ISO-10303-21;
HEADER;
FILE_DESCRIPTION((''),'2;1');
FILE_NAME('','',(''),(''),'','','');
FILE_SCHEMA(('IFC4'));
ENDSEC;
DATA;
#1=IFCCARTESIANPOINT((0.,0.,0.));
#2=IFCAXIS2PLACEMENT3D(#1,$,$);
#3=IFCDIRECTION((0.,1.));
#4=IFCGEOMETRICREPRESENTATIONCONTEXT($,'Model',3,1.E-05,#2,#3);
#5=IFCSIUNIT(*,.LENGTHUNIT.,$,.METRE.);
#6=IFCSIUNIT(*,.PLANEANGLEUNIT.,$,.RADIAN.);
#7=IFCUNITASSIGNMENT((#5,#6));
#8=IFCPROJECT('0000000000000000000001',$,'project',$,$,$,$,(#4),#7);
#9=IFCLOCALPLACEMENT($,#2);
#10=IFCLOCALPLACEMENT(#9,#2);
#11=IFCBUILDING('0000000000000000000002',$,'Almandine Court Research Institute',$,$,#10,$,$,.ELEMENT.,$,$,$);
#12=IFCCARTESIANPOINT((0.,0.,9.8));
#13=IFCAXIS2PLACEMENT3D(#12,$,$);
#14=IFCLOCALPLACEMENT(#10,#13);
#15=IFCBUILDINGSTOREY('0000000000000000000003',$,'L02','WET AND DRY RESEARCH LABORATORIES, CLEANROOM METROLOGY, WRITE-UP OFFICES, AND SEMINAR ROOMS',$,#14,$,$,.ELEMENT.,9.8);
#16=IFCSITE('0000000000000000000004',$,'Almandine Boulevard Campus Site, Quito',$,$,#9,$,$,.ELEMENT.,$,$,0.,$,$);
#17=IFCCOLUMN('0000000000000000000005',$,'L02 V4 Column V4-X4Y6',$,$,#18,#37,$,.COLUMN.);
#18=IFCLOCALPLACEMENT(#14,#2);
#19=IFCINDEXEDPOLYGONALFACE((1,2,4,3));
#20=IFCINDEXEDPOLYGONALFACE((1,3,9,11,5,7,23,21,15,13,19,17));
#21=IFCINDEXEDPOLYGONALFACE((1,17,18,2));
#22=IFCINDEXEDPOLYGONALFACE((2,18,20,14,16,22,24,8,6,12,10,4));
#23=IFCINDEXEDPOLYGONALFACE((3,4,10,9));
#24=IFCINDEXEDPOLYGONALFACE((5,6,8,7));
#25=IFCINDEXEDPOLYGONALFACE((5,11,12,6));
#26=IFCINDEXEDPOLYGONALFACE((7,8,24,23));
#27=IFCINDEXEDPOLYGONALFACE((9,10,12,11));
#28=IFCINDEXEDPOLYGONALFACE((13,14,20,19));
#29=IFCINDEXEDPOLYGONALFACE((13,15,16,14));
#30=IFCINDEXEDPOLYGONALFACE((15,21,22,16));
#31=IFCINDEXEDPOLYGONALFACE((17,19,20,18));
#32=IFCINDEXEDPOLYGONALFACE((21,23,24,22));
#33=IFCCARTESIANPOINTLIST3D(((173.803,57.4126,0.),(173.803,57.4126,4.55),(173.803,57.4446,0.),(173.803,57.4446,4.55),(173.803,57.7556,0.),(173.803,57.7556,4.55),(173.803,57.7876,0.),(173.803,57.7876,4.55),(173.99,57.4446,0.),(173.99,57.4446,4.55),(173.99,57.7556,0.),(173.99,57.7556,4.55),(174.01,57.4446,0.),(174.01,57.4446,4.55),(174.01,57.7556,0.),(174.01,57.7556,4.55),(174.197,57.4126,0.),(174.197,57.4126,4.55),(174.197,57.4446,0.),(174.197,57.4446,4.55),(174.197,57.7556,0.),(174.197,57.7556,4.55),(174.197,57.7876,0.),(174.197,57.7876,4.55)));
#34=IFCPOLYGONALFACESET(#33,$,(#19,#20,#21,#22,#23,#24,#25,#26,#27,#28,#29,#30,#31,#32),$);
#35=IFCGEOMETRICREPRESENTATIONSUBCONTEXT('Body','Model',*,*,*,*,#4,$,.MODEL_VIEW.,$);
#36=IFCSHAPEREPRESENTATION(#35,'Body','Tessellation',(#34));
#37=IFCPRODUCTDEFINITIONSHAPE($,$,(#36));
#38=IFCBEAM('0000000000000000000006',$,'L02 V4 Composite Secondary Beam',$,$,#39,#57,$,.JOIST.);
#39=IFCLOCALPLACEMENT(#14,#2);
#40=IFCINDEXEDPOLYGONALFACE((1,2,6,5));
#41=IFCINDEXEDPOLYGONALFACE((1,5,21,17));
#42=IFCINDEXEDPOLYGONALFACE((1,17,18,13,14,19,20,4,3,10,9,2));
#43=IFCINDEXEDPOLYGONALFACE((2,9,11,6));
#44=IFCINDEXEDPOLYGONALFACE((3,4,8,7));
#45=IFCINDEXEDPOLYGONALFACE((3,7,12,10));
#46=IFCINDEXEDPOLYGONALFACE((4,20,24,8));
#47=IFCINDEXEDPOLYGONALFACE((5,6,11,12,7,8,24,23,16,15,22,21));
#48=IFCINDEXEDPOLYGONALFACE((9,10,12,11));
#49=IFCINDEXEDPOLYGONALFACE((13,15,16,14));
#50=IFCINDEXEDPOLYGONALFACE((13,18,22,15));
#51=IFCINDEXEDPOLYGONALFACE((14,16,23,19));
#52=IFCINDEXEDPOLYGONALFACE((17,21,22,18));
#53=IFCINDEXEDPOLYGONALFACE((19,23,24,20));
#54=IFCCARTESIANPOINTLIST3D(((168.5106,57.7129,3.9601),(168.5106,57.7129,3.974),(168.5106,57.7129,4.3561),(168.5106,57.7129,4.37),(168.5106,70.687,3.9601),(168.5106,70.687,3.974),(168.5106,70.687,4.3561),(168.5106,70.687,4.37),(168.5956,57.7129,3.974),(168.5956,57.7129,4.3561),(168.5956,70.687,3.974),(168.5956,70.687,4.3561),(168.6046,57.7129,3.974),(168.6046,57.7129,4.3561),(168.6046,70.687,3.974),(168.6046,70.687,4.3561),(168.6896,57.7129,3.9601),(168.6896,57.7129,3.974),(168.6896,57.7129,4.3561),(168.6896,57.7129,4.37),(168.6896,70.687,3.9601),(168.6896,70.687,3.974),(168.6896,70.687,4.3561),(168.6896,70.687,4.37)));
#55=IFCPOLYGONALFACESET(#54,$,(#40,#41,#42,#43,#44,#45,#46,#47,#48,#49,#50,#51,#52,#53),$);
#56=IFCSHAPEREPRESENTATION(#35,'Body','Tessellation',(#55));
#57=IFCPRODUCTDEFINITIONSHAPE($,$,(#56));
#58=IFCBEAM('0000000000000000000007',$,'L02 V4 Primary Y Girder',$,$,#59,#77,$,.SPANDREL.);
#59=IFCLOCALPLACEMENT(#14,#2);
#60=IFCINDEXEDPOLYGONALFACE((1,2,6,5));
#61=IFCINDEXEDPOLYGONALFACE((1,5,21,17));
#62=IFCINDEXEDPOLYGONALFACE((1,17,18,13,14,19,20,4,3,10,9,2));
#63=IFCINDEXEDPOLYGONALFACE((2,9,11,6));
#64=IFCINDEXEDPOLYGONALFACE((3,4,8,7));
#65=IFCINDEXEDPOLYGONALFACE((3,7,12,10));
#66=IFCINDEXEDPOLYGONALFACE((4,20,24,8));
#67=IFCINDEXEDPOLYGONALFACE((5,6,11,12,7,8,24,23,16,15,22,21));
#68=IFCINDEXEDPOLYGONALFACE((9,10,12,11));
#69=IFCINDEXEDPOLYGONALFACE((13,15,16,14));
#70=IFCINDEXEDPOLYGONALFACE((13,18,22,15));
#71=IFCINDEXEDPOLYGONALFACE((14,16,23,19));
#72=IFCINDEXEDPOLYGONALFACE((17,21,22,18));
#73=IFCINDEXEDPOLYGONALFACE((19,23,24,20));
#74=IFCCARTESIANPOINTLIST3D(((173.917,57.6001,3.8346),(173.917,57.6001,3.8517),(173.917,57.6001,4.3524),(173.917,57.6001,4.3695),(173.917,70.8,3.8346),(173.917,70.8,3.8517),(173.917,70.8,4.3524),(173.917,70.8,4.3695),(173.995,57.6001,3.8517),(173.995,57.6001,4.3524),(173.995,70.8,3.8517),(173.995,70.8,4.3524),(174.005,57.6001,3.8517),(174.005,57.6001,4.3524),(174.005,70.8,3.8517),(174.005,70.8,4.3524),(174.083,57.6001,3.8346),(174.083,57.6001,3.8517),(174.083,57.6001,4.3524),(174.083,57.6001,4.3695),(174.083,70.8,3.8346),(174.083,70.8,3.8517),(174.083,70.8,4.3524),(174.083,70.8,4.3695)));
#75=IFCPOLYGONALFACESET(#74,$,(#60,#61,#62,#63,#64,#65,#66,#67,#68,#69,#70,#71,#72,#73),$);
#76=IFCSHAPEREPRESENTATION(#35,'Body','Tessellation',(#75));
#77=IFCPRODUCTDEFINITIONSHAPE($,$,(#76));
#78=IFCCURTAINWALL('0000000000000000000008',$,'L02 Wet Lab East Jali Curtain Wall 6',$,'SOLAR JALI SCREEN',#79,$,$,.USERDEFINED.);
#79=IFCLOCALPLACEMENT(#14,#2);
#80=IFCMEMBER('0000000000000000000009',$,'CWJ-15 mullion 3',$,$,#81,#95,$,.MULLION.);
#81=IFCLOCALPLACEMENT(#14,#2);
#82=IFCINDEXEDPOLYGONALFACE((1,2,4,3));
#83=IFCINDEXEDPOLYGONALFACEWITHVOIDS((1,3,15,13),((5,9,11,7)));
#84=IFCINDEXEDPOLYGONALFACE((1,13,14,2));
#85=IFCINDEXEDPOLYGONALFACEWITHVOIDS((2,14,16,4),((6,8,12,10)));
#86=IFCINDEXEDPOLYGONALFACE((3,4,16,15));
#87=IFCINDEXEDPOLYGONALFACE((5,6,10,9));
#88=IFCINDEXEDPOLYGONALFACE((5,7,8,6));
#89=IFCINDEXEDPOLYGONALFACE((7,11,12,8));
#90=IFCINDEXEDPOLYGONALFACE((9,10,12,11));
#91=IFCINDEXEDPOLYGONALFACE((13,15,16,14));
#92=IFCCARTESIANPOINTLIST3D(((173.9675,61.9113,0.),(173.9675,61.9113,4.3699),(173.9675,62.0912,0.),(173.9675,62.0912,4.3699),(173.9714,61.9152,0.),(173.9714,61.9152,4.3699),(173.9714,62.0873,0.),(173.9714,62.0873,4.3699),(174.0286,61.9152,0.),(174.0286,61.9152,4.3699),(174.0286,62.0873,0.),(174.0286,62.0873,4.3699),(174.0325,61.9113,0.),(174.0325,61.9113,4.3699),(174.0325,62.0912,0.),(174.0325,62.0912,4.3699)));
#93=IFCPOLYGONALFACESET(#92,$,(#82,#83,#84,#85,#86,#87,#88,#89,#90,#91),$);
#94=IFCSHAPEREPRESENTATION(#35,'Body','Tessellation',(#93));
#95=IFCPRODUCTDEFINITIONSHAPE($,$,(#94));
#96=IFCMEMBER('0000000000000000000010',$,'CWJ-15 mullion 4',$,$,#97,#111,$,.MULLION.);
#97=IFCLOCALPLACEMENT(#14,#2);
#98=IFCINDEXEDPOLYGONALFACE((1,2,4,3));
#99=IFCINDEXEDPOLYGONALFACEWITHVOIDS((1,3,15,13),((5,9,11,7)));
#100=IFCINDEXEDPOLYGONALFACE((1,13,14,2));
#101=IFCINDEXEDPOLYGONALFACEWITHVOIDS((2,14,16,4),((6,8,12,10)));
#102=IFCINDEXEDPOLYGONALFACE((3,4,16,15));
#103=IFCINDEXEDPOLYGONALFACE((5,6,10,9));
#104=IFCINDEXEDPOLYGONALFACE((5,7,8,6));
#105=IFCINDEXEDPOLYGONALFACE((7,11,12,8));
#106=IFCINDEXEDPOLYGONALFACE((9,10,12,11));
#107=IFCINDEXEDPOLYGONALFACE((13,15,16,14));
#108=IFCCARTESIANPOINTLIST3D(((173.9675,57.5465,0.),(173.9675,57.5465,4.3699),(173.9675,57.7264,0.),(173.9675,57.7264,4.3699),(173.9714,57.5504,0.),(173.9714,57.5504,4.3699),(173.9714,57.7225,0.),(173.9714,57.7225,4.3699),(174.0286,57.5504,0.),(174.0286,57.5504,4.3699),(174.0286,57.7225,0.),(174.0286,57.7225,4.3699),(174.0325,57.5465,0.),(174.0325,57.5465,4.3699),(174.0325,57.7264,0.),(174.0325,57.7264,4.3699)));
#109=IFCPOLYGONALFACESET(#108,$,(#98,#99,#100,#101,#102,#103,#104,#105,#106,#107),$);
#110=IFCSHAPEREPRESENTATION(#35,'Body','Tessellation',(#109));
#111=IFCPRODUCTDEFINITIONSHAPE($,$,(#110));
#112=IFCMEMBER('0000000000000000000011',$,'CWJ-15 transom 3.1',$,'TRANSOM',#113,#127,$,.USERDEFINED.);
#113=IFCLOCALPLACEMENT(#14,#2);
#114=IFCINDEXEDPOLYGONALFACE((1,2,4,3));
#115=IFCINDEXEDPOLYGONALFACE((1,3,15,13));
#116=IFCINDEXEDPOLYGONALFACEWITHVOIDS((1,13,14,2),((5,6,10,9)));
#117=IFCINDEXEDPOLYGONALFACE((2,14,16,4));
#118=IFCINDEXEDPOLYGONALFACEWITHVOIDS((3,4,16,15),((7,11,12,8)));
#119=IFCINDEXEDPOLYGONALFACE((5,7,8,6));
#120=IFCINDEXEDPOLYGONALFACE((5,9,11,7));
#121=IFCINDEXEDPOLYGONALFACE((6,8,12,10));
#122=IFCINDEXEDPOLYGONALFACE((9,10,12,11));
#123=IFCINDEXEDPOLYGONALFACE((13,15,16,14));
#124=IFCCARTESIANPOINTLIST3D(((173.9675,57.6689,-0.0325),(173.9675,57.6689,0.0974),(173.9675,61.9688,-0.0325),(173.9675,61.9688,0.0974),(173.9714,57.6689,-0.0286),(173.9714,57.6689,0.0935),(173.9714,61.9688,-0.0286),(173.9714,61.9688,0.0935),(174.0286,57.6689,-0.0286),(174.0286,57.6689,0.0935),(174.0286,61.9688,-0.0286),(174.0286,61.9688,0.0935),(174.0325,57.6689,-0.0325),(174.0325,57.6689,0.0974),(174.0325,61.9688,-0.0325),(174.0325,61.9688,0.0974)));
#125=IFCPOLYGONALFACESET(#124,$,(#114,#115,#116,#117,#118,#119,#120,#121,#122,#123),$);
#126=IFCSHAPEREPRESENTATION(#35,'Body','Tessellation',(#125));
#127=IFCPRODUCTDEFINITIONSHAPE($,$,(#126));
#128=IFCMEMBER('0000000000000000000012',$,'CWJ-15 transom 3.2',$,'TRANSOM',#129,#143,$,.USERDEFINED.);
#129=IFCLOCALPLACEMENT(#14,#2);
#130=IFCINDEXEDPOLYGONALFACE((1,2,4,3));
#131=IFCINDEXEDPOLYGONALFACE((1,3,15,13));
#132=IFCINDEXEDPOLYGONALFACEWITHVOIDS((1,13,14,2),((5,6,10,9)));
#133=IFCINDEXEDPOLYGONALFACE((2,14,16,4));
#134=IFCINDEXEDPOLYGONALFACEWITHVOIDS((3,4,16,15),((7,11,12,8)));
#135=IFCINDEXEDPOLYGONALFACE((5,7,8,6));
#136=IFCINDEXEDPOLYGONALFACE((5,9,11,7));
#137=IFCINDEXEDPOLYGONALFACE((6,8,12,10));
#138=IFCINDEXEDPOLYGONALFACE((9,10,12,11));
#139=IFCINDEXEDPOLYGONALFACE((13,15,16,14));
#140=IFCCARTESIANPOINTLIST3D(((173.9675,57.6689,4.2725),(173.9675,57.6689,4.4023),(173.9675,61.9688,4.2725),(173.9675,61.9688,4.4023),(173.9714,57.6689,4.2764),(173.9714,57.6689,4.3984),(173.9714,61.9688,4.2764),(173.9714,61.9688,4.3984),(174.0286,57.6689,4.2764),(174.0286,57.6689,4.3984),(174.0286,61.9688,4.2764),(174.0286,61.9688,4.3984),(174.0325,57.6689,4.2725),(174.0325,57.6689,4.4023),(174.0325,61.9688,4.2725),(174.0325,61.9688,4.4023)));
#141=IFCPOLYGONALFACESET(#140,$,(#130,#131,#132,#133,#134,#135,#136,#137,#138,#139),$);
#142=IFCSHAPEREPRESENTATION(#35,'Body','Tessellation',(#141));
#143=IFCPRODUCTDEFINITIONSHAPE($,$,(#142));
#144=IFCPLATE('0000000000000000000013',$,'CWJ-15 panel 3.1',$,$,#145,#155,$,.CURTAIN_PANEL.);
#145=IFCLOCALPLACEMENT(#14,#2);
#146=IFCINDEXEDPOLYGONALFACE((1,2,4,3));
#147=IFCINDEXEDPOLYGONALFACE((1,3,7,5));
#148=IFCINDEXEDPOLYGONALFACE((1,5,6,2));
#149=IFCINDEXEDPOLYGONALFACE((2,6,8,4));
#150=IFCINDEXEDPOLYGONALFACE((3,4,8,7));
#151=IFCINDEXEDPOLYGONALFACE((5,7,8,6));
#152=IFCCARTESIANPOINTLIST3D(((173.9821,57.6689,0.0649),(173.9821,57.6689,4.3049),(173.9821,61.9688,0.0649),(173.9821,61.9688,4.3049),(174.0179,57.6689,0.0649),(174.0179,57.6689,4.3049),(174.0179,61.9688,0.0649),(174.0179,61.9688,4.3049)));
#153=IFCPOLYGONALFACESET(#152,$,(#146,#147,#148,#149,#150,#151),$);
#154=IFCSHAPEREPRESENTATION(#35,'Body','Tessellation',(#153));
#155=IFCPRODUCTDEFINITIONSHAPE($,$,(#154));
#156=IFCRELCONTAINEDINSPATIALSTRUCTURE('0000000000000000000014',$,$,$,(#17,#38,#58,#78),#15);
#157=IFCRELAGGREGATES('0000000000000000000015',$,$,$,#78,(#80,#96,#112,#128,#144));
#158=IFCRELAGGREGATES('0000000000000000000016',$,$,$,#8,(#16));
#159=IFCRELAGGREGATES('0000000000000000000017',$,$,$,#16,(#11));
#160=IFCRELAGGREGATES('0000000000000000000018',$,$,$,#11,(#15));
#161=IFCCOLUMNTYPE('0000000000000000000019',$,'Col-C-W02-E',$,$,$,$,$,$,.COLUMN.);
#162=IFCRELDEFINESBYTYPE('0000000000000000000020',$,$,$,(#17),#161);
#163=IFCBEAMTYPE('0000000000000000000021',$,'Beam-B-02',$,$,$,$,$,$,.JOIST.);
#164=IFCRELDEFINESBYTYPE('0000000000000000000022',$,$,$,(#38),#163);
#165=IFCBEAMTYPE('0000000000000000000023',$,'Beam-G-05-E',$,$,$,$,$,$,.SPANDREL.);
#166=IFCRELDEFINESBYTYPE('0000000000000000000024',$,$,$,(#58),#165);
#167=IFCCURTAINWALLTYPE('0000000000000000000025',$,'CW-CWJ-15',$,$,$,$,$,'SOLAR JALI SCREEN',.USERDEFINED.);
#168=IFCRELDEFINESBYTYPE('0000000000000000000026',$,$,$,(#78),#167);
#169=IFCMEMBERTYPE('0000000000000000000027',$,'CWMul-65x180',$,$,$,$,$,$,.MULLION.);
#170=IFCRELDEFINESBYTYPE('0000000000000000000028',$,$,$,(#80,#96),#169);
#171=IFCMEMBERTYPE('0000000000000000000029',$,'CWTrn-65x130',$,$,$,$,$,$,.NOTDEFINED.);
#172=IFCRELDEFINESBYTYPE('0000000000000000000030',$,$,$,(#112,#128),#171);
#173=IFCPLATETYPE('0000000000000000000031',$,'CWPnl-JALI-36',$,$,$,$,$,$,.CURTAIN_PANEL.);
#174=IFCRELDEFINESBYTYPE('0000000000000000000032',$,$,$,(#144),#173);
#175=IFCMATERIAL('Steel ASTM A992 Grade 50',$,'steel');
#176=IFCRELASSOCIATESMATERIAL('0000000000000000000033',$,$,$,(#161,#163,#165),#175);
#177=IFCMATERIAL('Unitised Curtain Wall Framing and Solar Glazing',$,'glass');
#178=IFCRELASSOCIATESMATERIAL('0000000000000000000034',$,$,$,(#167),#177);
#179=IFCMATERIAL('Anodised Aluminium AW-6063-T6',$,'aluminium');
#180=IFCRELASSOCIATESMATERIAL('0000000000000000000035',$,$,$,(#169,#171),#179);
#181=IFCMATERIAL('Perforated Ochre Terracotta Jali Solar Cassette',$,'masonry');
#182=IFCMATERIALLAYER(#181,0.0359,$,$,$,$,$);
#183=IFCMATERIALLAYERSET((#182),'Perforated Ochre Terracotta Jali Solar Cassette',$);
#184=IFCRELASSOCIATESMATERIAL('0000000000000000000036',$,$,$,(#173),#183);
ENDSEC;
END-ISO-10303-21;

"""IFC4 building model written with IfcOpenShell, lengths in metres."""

from ifc_helpers import new_model, si_unit, direction, frame, origin, origin_2d, place, context, subcontext, project, spatial, rectangle, hollow_rectangle, i_section, extrude, material, layer, layer_set, material_profile, profile_set, type_object, element, aggregate, save


model = new_model("IFC4")

# Units and contexts
model_context = context("Model", 3, precision=1e-05, world=origin(), true_north=direction((0.0, 1.0)))
body_context = subcontext(model_context, "Body", "Model", "MODEL_VIEW")
ifc_project = project(units=[si_unit("LENGTHUNIT", "METRE"), si_unit("PLANEANGLEUNIT", "RADIAN")], contexts=[model_context])

# Site, building, storey
site_placement = place(None, origin())
site = spatial("IfcSite", under=ifc_project, at=site_placement, Name="Almandine Boulevard Campus Site, Quito", CompositionType="ELEMENT", RefElevation=0.0)
building_placement = place(site_placement, origin())
building = spatial("IfcBuilding", under=site, at=building_placement, Name="Almandine Court Research Institute", CompositionType="ELEMENT")
storey_placement = place(building_placement, frame((0.0, 0.0, 9.8)))
storey = spatial("IfcBuildingStorey", under=building, at=storey_placement, Name="L02", Description="WET AND DRY RESEARCH LABORATORIES, CLEANROOM METROLOGY, WRITE-UP OFFICES, AND SEMINAR ROOMS", CompositionType="ELEMENT", Elevation=9.8)

# Column
ifc_material_1 = material(Name="Steel ASTM A992 Grade 50", Category="steel")
ifc_material_profile_1 = material_profile(ifc_material_1, i_section(OverallWidth=0.394, OverallDepth=0.375, WebThickness=0.02, FlangeThickness=0.032, at=origin_2d()), Name="W360x216")
ifc_profile_set_1 = profile_set([ifc_material_profile_1], Name="Steel ASTM A992 Grade 50")
column_type = type_object("IfcColumnType", Name="Col-C-W02-E", PredefinedType="COLUMN", material=ifc_profile_set_1)
column_placement = place(storey_placement, frame((174.0, 57.6001, 0.0), z_axis=(0.0, 0.0, 1.0), x_axis=(1.0, 0.0, 0.0)))
element("IfcColumn", 1, at=column_placement, inside=storey, type_object=column_type, Name="L02 V4 Column V4-X4Y6", PredefinedType="COLUMN", context=body_context, shape_type="SweptSolid", body=[
    extrude(i_section(OverallWidth=0.394, OverallDepth=0.375, WebThickness=0.02, FlangeThickness=0.032, at=origin_2d()), origin(), (0.0, 0.0, 1.0), 4.55),
])

# Beams
ifc_material_profile_2 = material_profile(ifc_material_1, i_section(OverallWidth=0.179, OverallDepth=0.4099, WebThickness=0.009, FlangeThickness=0.0139, at=origin_2d()), Name="W410x67")
ifc_profile_set_2 = profile_set([ifc_material_profile_2], Name="Steel ASTM A992 Grade 50")
beam_type_1 = type_object("IfcBeamType", Name="Beam-B-02", PredefinedType="JOIST", material=ifc_profile_set_2)
beam_1_placement = place(storey_placement, frame((168.6001, 57.7129, 4.165), z_axis=(0.0, 1.0, 0.0), x_axis=(-1.0, 0.0, 0.0)))
element("IfcBeam", 2, at=beam_1_placement, inside=storey, type_object=beam_type_1, Name="L02 V4 Composite Secondary Beam", PredefinedType="JOIST", context=body_context, shape_type="SweptSolid", body=[
    extrude(i_section(OverallWidth=0.179, OverallDepth=0.4099, WebThickness=0.009, FlangeThickness=0.0139, at=origin_2d()), origin(), (0.0, 0.0, 1.0), 12.9741),
])
ifc_material_profile_3 = material_profile(ifc_material_1, i_section(OverallWidth=0.166, OverallDepth=0.5349, WebThickness=0.01, FlangeThickness=0.0171, at=origin_2d()), Name="W530x85")
ifc_profile_set_3 = profile_set([ifc_material_profile_3], Name="Steel ASTM A992 Grade 50")
beam_type_2 = type_object("IfcBeamType", Name="Beam-G-05-E", PredefinedType="SPANDREL", material=ifc_profile_set_3)
beam_2_placement = place(storey_placement, frame((174.0, 57.6001, 4.1021), z_axis=(0.0, 1.0, 0.0), x_axis=(-1.0, 0.0, 0.0)))
element("IfcBeam", 3, at=beam_2_placement, inside=storey, type_object=beam_type_2, Name="L02 V4 Primary Y Girder", PredefinedType="SPANDREL", context=body_context, shape_type="SweptSolid", body=[
    extrude(i_section(OverallWidth=0.166, OverallDepth=0.5349, WebThickness=0.01, FlangeThickness=0.0171, at=origin_2d()), origin(), (0.0, 0.0, 1.0), 13.2),
])

# Curtain wall, members, plate
ifc_material_2 = material(Name="Unitised Curtain Wall Framing and Solar Glazing", Category="glass")
curtain_wall_type = type_object("IfcCurtainWallType", Name="CW-CWJ-15", ElementType="SOLAR JALI SCREEN", PredefinedType="USERDEFINED", material=ifc_material_2)
curtain_wall_placement = place(storey_placement, origin())
curtain_wall = element("IfcCurtainWall", 4, at=curtain_wall_placement, inside=storey, type_object=curtain_wall_type, Name="L02 Wet Lab East Jali Curtain Wall 6", ObjectType="SOLAR JALI SCREEN", PredefinedType="USERDEFINED")
ifc_material_3 = material(Name="Anodised Aluminium AW-6063-T6", Category="aluminium")
ifc_material_profile_4 = material_profile(ifc_material_3, hollow_rectangle(XDim=0.0649, YDim=0.1799, WallThickness=0.0039, at=origin_2d()), Name="ALU RHS 65x180x4")
ifc_profile_set_4 = profile_set([ifc_material_profile_4], Name="Anodised Aluminium AW-6063-T6")
member_type_1 = type_object("IfcMemberType", Name="CWMul-65x180", PredefinedType="MULLION", material=ifc_profile_set_4)
member_1_placement = place(storey_placement, frame((174.0, 62.0012, 0.0), z_axis=(0.0, 0.0, 1.0), x_axis=(1.0, 0.0, 0.0)))
member_1 = element("IfcMember", 5, at=member_1_placement, type_object=member_type_1, Name="CWJ-15 mullion 3", PredefinedType="MULLION", context=body_context, shape_type="SweptSolid", body=[
    extrude(hollow_rectangle(XDim=0.0649, YDim=0.1799, WallThickness=0.0039, at=origin_2d()), origin(), (0.0, 0.0, 1.0), 4.3699),
])
member_2_placement = place(storey_placement, frame((174.0, 57.6365, 0.0), z_axis=(0.0, 0.0, 1.0), x_axis=(1.0, 0.0, 0.0)))
member_2 = element("IfcMember", 6, at=member_2_placement, type_object=member_type_1, Name="CWJ-15 mullion 4", PredefinedType="MULLION", context=body_context, shape_type="SweptSolid", body=[
    extrude(hollow_rectangle(XDim=0.0649, YDim=0.1799, WallThickness=0.0039, at=origin_2d()), origin(), (0.0, 0.0, 1.0), 4.3699),
])
ifc_material_profile_5 = material_profile(ifc_material_3, hollow_rectangle(XDim=0.0649, YDim=0.1299, WallThickness=0.0039, at=origin_2d()), Name="ALU RHS 65x130x4")
ifc_profile_set_5 = profile_set([ifc_material_profile_5], Name="Anodised Aluminium AW-6063-T6")
member_type_2 = type_object("IfcMemberType", Name="CWTrn-65x130", PredefinedType="NOTDEFINED", material=ifc_profile_set_5)
member_3_placement = place(storey_placement, frame((174.0, 61.9688, 0.0325), z_axis=(0.0, -1.0, 0.0), x_axis=(1.0, 0.0, 0.0)))
member_3 = element("IfcMember", 7, at=member_3_placement, type_object=member_type_2, Name="CWJ-15 transom 3.1", ObjectType="TRANSOM", PredefinedType="USERDEFINED", context=body_context, shape_type="SweptSolid", body=[
    extrude(hollow_rectangle(XDim=0.0649, YDim=0.1299, WallThickness=0.0039, at=origin_2d()), origin(), (0.0, 0.0, 1.0), 4.2998),
])
member_4_placement = place(storey_placement, frame((174.0, 61.9688, 4.3374), z_axis=(0.0, -1.0, 0.0), x_axis=(1.0, 0.0, 0.0)))
member_4 = element("IfcMember", 8, at=member_4_placement, type_object=member_type_2, Name="CWJ-15 transom 3.2", ObjectType="TRANSOM", PredefinedType="USERDEFINED", context=body_context, shape_type="SweptSolid", body=[
    extrude(hollow_rectangle(XDim=0.0649, YDim=0.1299, WallThickness=0.0039, at=origin_2d()), origin(), (0.0, 0.0, 1.0), 4.2998),
])
ifc_material_4 = material(Name="Perforated Ochre Terracotta Jali Solar Cassette", Category="masonry")
ifc_layer_1 = layer(ifc_material_4, 0.0359)
ifc_layer_set_1 = layer_set([ifc_layer_1], Name="Perforated Ochre Terracotta Jali Solar Cassette")
plate_type = type_object("IfcPlateType", Name="CWPnl-JALI-36", PredefinedType="CURTAIN_PANEL", material=ifc_layer_set_1)
plate_placement = place(storey_placement, frame((174.0, 59.8188, 0.0649), z_axis=(0.0, 0.0, 1.0), x_axis=(0.0, -1.0, 0.0)))
plate = element("IfcPlate", 9, at=plate_placement, type_object=plate_type, Name="CWJ-15 panel 3.1", PredefinedType="CURTAIN_PANEL", context=body_context, shape_type="SweptSolid", body=[
    extrude(rectangle(XDim=4.2998, YDim=0.0359, at=origin_2d()), origin(), (0.0, 0.0, 1.0), 4.24),
])
aggregate(curtain_wall, [member_1, member_2, member_3, member_4, plate])

save(model, "model.ifc")
